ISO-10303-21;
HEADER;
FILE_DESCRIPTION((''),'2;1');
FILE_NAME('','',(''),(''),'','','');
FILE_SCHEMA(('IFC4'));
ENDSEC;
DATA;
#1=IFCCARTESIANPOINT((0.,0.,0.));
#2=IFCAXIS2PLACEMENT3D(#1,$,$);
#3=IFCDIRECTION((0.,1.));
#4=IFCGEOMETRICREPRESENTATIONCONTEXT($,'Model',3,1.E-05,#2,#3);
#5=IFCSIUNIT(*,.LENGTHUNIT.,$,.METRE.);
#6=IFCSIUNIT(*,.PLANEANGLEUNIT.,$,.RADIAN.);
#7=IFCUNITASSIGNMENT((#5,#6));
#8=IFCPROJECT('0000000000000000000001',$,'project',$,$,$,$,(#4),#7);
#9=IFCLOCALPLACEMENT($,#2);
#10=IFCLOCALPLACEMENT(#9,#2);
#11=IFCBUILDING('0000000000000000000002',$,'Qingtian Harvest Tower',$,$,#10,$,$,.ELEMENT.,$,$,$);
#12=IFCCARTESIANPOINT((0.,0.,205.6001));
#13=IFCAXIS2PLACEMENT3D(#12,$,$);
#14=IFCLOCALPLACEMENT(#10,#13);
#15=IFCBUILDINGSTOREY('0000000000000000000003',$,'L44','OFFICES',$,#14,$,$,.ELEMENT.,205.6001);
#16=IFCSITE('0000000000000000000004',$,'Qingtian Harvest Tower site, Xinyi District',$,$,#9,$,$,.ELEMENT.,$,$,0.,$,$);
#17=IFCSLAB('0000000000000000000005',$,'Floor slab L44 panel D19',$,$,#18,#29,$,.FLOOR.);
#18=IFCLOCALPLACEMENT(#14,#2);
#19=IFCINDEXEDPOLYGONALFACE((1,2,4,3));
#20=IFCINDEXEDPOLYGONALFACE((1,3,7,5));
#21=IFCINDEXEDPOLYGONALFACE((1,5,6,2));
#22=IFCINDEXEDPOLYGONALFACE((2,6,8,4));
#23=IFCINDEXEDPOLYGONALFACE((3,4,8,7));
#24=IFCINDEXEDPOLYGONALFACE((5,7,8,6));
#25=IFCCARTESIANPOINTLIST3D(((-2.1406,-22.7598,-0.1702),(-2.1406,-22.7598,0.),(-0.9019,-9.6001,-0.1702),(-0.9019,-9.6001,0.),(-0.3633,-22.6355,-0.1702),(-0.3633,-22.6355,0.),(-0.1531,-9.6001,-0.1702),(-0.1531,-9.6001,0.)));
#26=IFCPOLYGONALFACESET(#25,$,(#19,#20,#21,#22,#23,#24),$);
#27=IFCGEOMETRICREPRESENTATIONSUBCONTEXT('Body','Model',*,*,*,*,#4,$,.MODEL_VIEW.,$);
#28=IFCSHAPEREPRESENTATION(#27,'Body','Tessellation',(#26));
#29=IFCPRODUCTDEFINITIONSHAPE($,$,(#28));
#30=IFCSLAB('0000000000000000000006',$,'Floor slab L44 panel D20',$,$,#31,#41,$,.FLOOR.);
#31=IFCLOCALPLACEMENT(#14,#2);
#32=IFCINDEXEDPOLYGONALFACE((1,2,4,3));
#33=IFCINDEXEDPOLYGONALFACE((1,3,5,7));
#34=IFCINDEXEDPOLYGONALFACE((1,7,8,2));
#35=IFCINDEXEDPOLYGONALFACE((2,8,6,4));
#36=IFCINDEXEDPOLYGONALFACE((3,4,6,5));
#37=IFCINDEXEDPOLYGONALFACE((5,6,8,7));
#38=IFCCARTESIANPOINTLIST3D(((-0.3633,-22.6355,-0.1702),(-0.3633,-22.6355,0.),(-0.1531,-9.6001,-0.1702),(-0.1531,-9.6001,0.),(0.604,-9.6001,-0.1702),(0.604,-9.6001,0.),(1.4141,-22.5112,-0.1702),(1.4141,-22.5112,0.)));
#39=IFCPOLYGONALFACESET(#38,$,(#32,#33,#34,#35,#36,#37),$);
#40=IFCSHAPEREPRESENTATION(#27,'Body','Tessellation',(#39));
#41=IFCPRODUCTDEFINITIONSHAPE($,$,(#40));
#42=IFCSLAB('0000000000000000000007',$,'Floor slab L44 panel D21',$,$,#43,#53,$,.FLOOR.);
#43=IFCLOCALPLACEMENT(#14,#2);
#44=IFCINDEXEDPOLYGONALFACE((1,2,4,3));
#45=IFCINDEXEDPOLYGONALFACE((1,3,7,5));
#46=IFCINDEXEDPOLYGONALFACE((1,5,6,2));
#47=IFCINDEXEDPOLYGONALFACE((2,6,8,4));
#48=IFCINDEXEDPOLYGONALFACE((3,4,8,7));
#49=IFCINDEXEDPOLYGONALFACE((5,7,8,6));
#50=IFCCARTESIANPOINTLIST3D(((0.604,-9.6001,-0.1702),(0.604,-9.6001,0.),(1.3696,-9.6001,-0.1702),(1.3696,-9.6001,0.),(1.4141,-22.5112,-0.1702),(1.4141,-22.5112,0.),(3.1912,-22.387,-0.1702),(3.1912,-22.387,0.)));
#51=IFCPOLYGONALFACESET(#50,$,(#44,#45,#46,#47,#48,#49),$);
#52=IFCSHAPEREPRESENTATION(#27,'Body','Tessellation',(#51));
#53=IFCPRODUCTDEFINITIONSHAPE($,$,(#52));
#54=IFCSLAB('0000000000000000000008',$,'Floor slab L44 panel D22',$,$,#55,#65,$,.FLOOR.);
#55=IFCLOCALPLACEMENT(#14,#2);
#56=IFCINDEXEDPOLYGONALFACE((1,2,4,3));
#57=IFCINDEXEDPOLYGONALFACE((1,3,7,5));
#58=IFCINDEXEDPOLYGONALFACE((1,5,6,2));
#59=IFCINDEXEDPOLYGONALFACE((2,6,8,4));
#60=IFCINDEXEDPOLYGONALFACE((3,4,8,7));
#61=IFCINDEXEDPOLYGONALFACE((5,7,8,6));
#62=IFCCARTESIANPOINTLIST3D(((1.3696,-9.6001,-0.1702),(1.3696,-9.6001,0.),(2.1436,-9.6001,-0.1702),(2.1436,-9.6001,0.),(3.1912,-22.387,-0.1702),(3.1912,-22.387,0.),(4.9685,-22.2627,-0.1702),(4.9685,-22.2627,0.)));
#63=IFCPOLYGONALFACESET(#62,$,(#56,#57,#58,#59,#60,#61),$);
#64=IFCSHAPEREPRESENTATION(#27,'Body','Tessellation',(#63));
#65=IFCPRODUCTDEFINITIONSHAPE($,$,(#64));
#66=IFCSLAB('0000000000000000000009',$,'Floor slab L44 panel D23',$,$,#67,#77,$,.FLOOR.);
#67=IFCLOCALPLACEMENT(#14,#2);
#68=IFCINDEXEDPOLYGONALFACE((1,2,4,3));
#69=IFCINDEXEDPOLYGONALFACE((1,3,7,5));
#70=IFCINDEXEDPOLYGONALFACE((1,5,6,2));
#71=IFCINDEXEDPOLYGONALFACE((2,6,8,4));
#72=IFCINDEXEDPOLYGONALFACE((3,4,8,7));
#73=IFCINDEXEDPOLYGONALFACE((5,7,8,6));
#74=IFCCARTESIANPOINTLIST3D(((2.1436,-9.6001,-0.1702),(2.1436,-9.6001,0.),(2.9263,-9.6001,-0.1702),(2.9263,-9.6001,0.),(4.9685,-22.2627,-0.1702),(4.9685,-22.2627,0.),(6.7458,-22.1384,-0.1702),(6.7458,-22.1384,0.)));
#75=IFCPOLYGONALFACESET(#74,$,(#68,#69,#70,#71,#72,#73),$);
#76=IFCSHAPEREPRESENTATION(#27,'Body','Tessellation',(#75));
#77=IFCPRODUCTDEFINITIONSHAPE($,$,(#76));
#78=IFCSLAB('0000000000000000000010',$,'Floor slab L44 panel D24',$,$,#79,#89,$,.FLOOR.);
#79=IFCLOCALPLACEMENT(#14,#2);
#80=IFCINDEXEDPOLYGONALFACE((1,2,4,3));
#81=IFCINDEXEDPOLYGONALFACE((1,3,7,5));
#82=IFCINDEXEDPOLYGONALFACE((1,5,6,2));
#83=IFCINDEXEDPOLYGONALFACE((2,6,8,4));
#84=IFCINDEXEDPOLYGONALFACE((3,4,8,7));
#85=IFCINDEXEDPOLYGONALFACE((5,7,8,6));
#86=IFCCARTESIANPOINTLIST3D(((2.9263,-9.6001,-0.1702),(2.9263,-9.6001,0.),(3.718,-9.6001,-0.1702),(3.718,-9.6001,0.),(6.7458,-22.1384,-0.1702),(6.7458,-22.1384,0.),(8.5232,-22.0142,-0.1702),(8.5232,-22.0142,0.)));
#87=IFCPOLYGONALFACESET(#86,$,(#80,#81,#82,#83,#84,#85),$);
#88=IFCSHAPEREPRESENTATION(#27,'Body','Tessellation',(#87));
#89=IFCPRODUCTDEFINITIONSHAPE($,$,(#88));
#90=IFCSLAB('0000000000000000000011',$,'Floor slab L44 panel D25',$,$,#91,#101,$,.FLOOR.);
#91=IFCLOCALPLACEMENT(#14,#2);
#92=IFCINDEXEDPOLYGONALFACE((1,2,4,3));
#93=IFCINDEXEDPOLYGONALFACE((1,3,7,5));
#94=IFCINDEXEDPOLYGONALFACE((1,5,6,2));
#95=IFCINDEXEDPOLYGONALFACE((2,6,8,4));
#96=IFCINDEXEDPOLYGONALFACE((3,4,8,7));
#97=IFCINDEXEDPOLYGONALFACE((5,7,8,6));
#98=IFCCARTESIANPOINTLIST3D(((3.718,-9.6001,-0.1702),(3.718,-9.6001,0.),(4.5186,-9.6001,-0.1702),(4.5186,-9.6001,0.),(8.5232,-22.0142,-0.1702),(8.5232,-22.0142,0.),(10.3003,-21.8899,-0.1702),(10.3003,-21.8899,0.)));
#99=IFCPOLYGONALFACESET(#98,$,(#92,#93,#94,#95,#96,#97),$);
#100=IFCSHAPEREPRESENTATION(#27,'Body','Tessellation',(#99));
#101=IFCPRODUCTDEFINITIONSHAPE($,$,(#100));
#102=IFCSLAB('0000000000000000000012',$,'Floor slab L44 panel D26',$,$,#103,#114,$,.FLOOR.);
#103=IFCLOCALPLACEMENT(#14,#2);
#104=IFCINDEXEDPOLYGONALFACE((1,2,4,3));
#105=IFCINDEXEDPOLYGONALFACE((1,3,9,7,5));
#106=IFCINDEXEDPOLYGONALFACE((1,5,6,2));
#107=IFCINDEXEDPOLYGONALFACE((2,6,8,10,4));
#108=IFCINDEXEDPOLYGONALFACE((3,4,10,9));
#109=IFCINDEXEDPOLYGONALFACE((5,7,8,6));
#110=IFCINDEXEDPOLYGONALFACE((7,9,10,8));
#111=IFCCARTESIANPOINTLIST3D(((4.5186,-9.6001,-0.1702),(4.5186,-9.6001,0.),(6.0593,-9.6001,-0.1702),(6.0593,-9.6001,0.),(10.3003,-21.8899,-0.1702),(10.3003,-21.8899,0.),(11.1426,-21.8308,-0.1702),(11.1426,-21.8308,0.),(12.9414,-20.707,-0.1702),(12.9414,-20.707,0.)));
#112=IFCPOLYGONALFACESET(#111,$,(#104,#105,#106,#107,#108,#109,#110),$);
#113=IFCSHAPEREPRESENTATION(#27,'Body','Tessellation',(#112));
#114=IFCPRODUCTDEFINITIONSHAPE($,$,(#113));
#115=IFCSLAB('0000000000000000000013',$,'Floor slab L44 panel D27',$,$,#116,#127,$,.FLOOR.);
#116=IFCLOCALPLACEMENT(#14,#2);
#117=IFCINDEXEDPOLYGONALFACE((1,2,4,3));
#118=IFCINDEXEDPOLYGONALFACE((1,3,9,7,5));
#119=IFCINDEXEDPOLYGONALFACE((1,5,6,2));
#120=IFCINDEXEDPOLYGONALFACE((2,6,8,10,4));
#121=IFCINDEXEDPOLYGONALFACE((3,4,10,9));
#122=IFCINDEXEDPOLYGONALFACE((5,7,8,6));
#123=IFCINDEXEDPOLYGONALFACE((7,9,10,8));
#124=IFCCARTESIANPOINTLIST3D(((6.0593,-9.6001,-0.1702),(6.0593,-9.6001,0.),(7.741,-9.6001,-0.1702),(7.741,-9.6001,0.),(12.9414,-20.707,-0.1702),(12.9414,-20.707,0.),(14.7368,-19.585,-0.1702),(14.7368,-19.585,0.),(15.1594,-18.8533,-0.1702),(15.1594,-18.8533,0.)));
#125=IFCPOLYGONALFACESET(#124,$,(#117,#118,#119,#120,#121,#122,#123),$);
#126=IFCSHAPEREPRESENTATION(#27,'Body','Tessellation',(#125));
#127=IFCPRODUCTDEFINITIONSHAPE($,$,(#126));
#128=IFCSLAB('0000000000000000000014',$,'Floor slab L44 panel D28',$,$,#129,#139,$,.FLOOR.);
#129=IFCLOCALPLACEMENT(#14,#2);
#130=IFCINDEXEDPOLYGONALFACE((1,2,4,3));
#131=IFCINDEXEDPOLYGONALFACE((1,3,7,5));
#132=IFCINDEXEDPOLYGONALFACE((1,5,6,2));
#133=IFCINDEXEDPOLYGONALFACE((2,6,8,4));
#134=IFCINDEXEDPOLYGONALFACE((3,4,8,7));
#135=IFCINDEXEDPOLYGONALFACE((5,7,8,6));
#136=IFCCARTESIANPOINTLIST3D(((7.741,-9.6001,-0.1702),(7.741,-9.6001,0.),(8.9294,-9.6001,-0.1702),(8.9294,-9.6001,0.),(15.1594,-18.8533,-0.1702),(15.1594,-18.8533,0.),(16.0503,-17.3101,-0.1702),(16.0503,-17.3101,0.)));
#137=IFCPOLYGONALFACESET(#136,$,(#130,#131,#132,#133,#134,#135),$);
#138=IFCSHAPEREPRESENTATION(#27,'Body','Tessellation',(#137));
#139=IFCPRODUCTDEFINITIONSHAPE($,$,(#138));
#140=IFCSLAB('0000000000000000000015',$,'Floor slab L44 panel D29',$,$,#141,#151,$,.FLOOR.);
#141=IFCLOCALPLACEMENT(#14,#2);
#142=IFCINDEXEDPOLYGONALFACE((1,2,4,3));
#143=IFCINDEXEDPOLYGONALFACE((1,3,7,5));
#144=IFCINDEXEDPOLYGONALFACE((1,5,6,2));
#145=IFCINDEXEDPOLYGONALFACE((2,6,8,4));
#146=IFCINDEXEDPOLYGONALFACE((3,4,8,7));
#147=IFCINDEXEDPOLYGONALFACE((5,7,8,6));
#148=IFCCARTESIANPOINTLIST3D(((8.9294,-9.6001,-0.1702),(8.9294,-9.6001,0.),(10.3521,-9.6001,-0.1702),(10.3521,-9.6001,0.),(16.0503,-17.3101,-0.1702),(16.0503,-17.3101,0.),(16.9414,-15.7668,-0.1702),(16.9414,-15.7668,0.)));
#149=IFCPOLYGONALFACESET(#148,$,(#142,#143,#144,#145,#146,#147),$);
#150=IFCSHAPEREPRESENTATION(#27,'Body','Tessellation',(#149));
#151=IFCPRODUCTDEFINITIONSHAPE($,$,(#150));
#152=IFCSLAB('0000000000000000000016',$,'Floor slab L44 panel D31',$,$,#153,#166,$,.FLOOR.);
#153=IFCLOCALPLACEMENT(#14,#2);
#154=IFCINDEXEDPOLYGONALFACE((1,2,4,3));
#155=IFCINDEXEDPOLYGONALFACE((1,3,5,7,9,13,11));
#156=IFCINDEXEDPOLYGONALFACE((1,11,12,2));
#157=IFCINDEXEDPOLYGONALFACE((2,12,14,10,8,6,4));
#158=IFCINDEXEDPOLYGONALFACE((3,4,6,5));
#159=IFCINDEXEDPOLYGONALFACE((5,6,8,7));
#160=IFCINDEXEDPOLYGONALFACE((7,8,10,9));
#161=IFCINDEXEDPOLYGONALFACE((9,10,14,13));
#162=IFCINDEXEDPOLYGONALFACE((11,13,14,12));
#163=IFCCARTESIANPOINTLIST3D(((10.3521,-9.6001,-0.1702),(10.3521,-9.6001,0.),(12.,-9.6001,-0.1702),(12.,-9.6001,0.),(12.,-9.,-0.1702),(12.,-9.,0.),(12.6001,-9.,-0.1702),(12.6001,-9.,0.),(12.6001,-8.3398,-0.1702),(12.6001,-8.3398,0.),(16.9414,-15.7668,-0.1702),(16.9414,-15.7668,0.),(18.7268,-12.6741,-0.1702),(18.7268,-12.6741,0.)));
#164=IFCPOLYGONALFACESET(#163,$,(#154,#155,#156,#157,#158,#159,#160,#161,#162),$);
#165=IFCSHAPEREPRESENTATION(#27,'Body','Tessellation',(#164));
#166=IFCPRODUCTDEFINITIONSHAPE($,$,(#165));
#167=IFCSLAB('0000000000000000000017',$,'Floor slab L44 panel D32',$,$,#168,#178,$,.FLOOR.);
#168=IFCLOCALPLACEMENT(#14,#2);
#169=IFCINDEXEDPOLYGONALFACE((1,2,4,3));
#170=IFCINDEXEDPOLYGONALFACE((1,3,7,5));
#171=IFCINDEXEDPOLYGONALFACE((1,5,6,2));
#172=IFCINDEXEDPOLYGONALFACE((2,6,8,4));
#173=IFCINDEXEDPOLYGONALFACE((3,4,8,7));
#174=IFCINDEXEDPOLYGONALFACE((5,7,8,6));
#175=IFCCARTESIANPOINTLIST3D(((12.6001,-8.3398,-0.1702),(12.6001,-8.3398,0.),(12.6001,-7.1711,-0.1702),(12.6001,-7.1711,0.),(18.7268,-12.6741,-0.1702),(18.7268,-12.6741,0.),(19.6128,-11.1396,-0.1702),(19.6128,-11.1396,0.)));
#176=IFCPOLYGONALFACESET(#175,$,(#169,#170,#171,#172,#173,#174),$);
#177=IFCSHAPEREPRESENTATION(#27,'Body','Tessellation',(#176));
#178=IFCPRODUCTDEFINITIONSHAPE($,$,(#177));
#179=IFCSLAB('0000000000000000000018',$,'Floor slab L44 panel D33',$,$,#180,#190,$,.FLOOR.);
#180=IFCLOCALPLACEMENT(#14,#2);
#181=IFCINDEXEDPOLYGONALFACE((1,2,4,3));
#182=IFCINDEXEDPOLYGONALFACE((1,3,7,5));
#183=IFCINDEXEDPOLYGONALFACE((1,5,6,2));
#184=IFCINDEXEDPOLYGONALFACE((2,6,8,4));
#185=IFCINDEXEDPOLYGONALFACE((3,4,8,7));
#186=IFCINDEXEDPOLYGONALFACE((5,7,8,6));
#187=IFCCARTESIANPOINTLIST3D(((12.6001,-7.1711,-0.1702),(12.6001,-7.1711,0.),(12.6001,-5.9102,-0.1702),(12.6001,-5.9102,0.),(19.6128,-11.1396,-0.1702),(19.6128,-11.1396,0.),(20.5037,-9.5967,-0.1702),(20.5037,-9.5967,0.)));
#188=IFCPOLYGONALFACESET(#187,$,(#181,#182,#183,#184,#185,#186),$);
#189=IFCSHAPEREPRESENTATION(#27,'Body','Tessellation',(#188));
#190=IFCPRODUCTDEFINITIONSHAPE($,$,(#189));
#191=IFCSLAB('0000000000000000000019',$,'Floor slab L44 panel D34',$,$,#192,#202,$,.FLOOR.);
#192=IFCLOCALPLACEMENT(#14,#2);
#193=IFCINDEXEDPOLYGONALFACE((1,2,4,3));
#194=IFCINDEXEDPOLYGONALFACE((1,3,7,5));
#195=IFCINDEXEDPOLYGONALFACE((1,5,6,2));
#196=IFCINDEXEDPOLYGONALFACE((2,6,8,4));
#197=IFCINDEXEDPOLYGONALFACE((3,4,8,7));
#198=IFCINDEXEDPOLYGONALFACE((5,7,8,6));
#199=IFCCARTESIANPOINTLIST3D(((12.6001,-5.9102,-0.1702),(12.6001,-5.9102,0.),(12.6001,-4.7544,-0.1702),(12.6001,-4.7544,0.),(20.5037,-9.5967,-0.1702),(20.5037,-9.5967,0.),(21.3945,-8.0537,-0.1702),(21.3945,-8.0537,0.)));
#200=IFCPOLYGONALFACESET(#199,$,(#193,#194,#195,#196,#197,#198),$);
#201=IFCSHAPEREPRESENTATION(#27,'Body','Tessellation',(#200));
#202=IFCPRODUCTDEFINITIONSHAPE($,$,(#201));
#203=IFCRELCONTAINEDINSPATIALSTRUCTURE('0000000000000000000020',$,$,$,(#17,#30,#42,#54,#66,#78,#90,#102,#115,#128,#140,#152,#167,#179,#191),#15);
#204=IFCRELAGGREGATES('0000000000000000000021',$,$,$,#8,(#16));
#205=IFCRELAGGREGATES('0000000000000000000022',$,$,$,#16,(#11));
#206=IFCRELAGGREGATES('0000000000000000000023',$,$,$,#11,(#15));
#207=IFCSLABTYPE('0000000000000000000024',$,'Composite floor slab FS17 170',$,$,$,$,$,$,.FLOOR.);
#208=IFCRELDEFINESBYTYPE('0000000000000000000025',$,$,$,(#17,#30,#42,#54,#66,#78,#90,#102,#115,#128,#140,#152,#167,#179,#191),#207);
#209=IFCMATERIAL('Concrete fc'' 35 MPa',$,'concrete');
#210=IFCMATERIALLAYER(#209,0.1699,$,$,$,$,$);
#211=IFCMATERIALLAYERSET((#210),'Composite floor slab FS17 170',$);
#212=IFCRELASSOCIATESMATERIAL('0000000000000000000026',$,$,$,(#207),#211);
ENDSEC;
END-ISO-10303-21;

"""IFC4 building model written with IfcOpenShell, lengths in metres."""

from ifc_helpers import new_model, si_unit, direction, frame, origin, place, context, subcontext, project, spatial, polyline, outline, extrude, material, layer, layer_set, type_object, element, save


model = new_model("IFC4")

# Units and contexts
model_context = context("Model", 3, precision=1e-05, world=origin(), true_north=direction((0.0, 1.0)))
body_context = subcontext(model_context, "Body", "Model", "MODEL_VIEW")
ifc_project = project(units=[si_unit("LENGTHUNIT", "METRE"), si_unit("PLANEANGLEUNIT", "RADIAN")], contexts=[model_context])

# Site, building, storey
site_placement = place(None, origin())
site = spatial("IfcSite", under=ifc_project, at=site_placement, Name="Qingtian Harvest Tower site, Xinyi District", CompositionType="ELEMENT", RefElevation=0.0)
building_placement = place(site_placement, origin())
building = spatial("IfcBuilding", under=site, at=building_placement, Name="Qingtian Harvest Tower", CompositionType="ELEMENT")
storey_placement = place(building_placement, frame((0.0, 0.0, 205.6001)))
storey = spatial("IfcBuildingStorey", under=building, at=storey_placement, Name="L44", Description="OFFICES", CompositionType="ELEMENT", Elevation=205.6001)

# Slabs
ifc_material_1 = material(Name="Concrete fc' 35 MPa", Category="concrete")
ifc_layer_1 = layer(ifc_material_1, 0.1699)
ifc_layer_set_1 = layer_set([ifc_layer_1], Name="Composite floor slab FS17 170")
slab_type = type_object("IfcSlabType", Name="Composite floor slab FS17 170", PredefinedType="FLOOR", material=ifc_layer_set_1)
slab_1_placement = place(storey_placement, frame((0.0, 0.0, -0.1702)))
element("IfcSlab", 1, at=slab_1_placement, inside=storey, type_object=slab_type, Name="Floor slab L44 panel D19", PredefinedType="FLOOR", context=body_context, shape_type="SweptSolid", body=[
    extrude(outline(polyline([(-0.1531, -9.6001), (-0.3633, -22.6355), (-2.1406, -22.7598), (-0.9019, -9.6001), (-0.1531, -9.6001)])), origin(), (0.0, 0.0, 1.0), 0.1702),
])
slab_2_placement = place(storey_placement, frame((0.0, 0.0, -0.1702)))
element("IfcSlab", 2, at=slab_2_placement, inside=storey, type_object=slab_type, Name="Floor slab L44 panel D20", PredefinedType="FLOOR", context=body_context, shape_type="SweptSolid", body=[
    extrude(outline(polyline([(0.604, -9.6001), (1.4141, -22.5112), (-0.3633, -22.6355), (-0.1531, -9.6001), (0.604, -9.6001)])), origin(), (0.0, 0.0, 1.0), 0.1702),
])
slab_3_placement = place(storey_placement, frame((0.0, 0.0, -0.1702)))
element("IfcSlab", 3, at=slab_3_placement, inside=storey, type_object=slab_type, Name="Floor slab L44 panel D21", PredefinedType="FLOOR", context=body_context, shape_type="SweptSolid", body=[
    extrude(outline(polyline([(1.3696, -9.6001), (3.1912, -22.387), (1.4141, -22.5112), (0.604, -9.6001), (1.3696, -9.6001)])), origin(), (0.0, 0.0, 1.0), 0.1702),
])
slab_4_placement = place(storey_placement, frame((0.0, 0.0, -0.1702)))
element("IfcSlab", 4, at=slab_4_placement, inside=storey, type_object=slab_type, Name="Floor slab L44 panel D22", PredefinedType="FLOOR", context=body_context, shape_type="SweptSolid", body=[
    extrude(outline(polyline([(2.1436, -9.6001), (4.9685, -22.2627), (3.1912, -22.387), (1.3696, -9.6001), (2.1436, -9.6001)])), origin(), (0.0, 0.0, 1.0), 0.1702),
])
slab_5_placement = place(storey_placement, frame((0.0, 0.0, -0.1702)))
element("IfcSlab", 5, at=slab_5_placement, inside=storey, type_object=slab_type, Name="Floor slab L44 panel D23", PredefinedType="FLOOR", context=body_context, shape_type="SweptSolid", body=[
    extrude(outline(polyline([(2.9263, -9.6001), (6.7458, -22.1384), (4.9685, -22.2627), (2.1436, -9.6001), (2.9263, -9.6001)])), origin(), (0.0, 0.0, 1.0), 0.1702),
])
slab_6_placement = place(storey_placement, frame((0.0, 0.0, -0.1702)))
element("IfcSlab", 6, at=slab_6_placement, inside=storey, type_object=slab_type, Name="Floor slab L44 panel D24", PredefinedType="FLOOR", context=body_context, shape_type="SweptSolid", body=[
    extrude(outline(polyline([(3.718, -9.6001), (8.5232, -22.0142), (6.7458, -22.1384), (2.9263, -9.6001), (3.718, -9.6001)])), origin(), (0.0, 0.0, 1.0), 0.1702),
])
slab_7_placement = place(storey_placement, frame((0.0, 0.0, -0.1702)))
element("IfcSlab", 7, at=slab_7_placement, inside=storey, type_object=slab_type, Name="Floor slab L44 panel D25", PredefinedType="FLOOR", context=body_context, shape_type="SweptSolid", body=[
    extrude(outline(polyline([(4.5186, -9.6001), (10.3003, -21.8899), (8.5232, -22.0142), (3.718, -9.6001), (4.5186, -9.6001)])), origin(), (0.0, 0.0, 1.0), 0.1702),
])
slab_8_placement = place(storey_placement, frame((0.0, 0.0, -0.1702)))
element("IfcSlab", 8, at=slab_8_placement, inside=storey, type_object=slab_type, Name="Floor slab L44 panel D26", PredefinedType="FLOOR", context=body_context, shape_type="SweptSolid", body=[
    extrude(outline(polyline([(4.5186, -9.6001), (6.0593, -9.6001), (12.9414, -20.707), (11.1426, -21.8308), (10.3003, -21.8899), (4.5186, -9.6001)])), origin(), (0.0, 0.0, 1.0), 0.1702),
])
slab_9_placement = place(storey_placement, frame((0.0, 0.0, -0.1702)))
element("IfcSlab", 9, at=slab_9_placement, inside=storey, type_object=slab_type, Name="Floor slab L44 panel D27", PredefinedType="FLOOR", context=body_context, shape_type="SweptSolid", body=[
    extrude(outline(polyline([(6.0593, -9.6001), (7.741, -9.6001), (15.1594, -18.8533), (14.7368, -19.585), (12.9414, -20.707), (6.0593, -9.6001)])), origin(), (0.0, 0.0, 1.0), 0.1702),
])
slab_10_placement = place(storey_placement, frame((0.0, 0.0, -0.1702)))
element("IfcSlab", 10, at=slab_10_placement, inside=storey, type_object=slab_type, Name="Floor slab L44 panel D28", PredefinedType="FLOOR", context=body_context, shape_type="SweptSolid", body=[
    extrude(outline(polyline([(8.9294, -9.6001), (16.0503, -17.3101), (15.1594, -18.8533), (7.741, -9.6001), (8.9294, -9.6001)])), origin(), (0.0, 0.0, 1.0), 0.1702),
])
slab_11_placement = place(storey_placement, frame((0.0, 0.0, -0.1702)))
element("IfcSlab", 11, at=slab_11_placement, inside=storey, type_object=slab_type, Name="Floor slab L44 panel D29", PredefinedType="FLOOR", context=body_context, shape_type="SweptSolid", body=[
    extrude(outline(polyline([(10.3521, -9.6001), (16.9414, -15.7668), (16.0503, -17.3101), (8.9294, -9.6001), (10.3521, -9.6001)])), origin(), (0.0, 0.0, 1.0), 0.1702),
])
slab_12_placement = place(storey_placement, frame((0.0, 0.0, -0.1702)))
element("IfcSlab", 12, at=slab_12_placement, inside=storey, type_object=slab_type, Name="Floor slab L44 panel D31", PredefinedType="FLOOR", context=body_context, shape_type="SweptSolid", body=[
    extrude(outline(polyline([(12.6001, -8.3398), (18.7268, -12.6741), (16.9414, -15.7668), (10.3521, -9.6001), (12.0, -9.6001), (12.0, -9.0), (12.6001, -9.0), (12.6001, -8.3398)])), origin(), (0.0, 0.0, 1.0), 0.1702),
])
slab_13_placement = place(storey_placement, frame((0.0, 0.0, -0.1702)))
element("IfcSlab", 13, at=slab_13_placement, inside=storey, type_object=slab_type, Name="Floor slab L44 panel D32", PredefinedType="FLOOR", context=body_context, shape_type="SweptSolid", body=[
    extrude(outline(polyline([(12.6001, -7.1711), (19.6128, -11.1396), (18.7268, -12.6741), (12.6001, -8.3398), (12.6001, -7.1711)])), origin(), (0.0, 0.0, 1.0), 0.1702),
])
slab_14_placement = place(storey_placement, frame((0.0, 0.0, -0.1702)))
element("IfcSlab", 14, at=slab_14_placement, inside=storey, type_object=slab_type, Name="Floor slab L44 panel D33", PredefinedType="FLOOR", context=body_context, shape_type="SweptSolid", body=[
    extrude(outline(polyline([(12.6001, -5.9102), (20.5037, -9.5967), (19.6128, -11.1396), (12.6001, -7.1711), (12.6001, -5.9102)])), origin(), (0.0, 0.0, 1.0), 0.1702),
])
slab_15_placement = place(storey_placement, frame((0.0, 0.0, -0.1702)))
element("IfcSlab", 15, at=slab_15_placement, inside=storey, type_object=slab_type, Name="Floor slab L44 panel D34", PredefinedType="FLOOR", context=body_context, shape_type="SweptSolid", body=[
    extrude(outline(polyline([(12.6001, -4.7544), (21.3945, -8.0537), (20.5037, -9.5967), (12.6001, -5.9102), (12.6001, -4.7544)])), origin(), (0.0, 0.0, 1.0), 0.1702),
])

save(model, "model.ifc")
